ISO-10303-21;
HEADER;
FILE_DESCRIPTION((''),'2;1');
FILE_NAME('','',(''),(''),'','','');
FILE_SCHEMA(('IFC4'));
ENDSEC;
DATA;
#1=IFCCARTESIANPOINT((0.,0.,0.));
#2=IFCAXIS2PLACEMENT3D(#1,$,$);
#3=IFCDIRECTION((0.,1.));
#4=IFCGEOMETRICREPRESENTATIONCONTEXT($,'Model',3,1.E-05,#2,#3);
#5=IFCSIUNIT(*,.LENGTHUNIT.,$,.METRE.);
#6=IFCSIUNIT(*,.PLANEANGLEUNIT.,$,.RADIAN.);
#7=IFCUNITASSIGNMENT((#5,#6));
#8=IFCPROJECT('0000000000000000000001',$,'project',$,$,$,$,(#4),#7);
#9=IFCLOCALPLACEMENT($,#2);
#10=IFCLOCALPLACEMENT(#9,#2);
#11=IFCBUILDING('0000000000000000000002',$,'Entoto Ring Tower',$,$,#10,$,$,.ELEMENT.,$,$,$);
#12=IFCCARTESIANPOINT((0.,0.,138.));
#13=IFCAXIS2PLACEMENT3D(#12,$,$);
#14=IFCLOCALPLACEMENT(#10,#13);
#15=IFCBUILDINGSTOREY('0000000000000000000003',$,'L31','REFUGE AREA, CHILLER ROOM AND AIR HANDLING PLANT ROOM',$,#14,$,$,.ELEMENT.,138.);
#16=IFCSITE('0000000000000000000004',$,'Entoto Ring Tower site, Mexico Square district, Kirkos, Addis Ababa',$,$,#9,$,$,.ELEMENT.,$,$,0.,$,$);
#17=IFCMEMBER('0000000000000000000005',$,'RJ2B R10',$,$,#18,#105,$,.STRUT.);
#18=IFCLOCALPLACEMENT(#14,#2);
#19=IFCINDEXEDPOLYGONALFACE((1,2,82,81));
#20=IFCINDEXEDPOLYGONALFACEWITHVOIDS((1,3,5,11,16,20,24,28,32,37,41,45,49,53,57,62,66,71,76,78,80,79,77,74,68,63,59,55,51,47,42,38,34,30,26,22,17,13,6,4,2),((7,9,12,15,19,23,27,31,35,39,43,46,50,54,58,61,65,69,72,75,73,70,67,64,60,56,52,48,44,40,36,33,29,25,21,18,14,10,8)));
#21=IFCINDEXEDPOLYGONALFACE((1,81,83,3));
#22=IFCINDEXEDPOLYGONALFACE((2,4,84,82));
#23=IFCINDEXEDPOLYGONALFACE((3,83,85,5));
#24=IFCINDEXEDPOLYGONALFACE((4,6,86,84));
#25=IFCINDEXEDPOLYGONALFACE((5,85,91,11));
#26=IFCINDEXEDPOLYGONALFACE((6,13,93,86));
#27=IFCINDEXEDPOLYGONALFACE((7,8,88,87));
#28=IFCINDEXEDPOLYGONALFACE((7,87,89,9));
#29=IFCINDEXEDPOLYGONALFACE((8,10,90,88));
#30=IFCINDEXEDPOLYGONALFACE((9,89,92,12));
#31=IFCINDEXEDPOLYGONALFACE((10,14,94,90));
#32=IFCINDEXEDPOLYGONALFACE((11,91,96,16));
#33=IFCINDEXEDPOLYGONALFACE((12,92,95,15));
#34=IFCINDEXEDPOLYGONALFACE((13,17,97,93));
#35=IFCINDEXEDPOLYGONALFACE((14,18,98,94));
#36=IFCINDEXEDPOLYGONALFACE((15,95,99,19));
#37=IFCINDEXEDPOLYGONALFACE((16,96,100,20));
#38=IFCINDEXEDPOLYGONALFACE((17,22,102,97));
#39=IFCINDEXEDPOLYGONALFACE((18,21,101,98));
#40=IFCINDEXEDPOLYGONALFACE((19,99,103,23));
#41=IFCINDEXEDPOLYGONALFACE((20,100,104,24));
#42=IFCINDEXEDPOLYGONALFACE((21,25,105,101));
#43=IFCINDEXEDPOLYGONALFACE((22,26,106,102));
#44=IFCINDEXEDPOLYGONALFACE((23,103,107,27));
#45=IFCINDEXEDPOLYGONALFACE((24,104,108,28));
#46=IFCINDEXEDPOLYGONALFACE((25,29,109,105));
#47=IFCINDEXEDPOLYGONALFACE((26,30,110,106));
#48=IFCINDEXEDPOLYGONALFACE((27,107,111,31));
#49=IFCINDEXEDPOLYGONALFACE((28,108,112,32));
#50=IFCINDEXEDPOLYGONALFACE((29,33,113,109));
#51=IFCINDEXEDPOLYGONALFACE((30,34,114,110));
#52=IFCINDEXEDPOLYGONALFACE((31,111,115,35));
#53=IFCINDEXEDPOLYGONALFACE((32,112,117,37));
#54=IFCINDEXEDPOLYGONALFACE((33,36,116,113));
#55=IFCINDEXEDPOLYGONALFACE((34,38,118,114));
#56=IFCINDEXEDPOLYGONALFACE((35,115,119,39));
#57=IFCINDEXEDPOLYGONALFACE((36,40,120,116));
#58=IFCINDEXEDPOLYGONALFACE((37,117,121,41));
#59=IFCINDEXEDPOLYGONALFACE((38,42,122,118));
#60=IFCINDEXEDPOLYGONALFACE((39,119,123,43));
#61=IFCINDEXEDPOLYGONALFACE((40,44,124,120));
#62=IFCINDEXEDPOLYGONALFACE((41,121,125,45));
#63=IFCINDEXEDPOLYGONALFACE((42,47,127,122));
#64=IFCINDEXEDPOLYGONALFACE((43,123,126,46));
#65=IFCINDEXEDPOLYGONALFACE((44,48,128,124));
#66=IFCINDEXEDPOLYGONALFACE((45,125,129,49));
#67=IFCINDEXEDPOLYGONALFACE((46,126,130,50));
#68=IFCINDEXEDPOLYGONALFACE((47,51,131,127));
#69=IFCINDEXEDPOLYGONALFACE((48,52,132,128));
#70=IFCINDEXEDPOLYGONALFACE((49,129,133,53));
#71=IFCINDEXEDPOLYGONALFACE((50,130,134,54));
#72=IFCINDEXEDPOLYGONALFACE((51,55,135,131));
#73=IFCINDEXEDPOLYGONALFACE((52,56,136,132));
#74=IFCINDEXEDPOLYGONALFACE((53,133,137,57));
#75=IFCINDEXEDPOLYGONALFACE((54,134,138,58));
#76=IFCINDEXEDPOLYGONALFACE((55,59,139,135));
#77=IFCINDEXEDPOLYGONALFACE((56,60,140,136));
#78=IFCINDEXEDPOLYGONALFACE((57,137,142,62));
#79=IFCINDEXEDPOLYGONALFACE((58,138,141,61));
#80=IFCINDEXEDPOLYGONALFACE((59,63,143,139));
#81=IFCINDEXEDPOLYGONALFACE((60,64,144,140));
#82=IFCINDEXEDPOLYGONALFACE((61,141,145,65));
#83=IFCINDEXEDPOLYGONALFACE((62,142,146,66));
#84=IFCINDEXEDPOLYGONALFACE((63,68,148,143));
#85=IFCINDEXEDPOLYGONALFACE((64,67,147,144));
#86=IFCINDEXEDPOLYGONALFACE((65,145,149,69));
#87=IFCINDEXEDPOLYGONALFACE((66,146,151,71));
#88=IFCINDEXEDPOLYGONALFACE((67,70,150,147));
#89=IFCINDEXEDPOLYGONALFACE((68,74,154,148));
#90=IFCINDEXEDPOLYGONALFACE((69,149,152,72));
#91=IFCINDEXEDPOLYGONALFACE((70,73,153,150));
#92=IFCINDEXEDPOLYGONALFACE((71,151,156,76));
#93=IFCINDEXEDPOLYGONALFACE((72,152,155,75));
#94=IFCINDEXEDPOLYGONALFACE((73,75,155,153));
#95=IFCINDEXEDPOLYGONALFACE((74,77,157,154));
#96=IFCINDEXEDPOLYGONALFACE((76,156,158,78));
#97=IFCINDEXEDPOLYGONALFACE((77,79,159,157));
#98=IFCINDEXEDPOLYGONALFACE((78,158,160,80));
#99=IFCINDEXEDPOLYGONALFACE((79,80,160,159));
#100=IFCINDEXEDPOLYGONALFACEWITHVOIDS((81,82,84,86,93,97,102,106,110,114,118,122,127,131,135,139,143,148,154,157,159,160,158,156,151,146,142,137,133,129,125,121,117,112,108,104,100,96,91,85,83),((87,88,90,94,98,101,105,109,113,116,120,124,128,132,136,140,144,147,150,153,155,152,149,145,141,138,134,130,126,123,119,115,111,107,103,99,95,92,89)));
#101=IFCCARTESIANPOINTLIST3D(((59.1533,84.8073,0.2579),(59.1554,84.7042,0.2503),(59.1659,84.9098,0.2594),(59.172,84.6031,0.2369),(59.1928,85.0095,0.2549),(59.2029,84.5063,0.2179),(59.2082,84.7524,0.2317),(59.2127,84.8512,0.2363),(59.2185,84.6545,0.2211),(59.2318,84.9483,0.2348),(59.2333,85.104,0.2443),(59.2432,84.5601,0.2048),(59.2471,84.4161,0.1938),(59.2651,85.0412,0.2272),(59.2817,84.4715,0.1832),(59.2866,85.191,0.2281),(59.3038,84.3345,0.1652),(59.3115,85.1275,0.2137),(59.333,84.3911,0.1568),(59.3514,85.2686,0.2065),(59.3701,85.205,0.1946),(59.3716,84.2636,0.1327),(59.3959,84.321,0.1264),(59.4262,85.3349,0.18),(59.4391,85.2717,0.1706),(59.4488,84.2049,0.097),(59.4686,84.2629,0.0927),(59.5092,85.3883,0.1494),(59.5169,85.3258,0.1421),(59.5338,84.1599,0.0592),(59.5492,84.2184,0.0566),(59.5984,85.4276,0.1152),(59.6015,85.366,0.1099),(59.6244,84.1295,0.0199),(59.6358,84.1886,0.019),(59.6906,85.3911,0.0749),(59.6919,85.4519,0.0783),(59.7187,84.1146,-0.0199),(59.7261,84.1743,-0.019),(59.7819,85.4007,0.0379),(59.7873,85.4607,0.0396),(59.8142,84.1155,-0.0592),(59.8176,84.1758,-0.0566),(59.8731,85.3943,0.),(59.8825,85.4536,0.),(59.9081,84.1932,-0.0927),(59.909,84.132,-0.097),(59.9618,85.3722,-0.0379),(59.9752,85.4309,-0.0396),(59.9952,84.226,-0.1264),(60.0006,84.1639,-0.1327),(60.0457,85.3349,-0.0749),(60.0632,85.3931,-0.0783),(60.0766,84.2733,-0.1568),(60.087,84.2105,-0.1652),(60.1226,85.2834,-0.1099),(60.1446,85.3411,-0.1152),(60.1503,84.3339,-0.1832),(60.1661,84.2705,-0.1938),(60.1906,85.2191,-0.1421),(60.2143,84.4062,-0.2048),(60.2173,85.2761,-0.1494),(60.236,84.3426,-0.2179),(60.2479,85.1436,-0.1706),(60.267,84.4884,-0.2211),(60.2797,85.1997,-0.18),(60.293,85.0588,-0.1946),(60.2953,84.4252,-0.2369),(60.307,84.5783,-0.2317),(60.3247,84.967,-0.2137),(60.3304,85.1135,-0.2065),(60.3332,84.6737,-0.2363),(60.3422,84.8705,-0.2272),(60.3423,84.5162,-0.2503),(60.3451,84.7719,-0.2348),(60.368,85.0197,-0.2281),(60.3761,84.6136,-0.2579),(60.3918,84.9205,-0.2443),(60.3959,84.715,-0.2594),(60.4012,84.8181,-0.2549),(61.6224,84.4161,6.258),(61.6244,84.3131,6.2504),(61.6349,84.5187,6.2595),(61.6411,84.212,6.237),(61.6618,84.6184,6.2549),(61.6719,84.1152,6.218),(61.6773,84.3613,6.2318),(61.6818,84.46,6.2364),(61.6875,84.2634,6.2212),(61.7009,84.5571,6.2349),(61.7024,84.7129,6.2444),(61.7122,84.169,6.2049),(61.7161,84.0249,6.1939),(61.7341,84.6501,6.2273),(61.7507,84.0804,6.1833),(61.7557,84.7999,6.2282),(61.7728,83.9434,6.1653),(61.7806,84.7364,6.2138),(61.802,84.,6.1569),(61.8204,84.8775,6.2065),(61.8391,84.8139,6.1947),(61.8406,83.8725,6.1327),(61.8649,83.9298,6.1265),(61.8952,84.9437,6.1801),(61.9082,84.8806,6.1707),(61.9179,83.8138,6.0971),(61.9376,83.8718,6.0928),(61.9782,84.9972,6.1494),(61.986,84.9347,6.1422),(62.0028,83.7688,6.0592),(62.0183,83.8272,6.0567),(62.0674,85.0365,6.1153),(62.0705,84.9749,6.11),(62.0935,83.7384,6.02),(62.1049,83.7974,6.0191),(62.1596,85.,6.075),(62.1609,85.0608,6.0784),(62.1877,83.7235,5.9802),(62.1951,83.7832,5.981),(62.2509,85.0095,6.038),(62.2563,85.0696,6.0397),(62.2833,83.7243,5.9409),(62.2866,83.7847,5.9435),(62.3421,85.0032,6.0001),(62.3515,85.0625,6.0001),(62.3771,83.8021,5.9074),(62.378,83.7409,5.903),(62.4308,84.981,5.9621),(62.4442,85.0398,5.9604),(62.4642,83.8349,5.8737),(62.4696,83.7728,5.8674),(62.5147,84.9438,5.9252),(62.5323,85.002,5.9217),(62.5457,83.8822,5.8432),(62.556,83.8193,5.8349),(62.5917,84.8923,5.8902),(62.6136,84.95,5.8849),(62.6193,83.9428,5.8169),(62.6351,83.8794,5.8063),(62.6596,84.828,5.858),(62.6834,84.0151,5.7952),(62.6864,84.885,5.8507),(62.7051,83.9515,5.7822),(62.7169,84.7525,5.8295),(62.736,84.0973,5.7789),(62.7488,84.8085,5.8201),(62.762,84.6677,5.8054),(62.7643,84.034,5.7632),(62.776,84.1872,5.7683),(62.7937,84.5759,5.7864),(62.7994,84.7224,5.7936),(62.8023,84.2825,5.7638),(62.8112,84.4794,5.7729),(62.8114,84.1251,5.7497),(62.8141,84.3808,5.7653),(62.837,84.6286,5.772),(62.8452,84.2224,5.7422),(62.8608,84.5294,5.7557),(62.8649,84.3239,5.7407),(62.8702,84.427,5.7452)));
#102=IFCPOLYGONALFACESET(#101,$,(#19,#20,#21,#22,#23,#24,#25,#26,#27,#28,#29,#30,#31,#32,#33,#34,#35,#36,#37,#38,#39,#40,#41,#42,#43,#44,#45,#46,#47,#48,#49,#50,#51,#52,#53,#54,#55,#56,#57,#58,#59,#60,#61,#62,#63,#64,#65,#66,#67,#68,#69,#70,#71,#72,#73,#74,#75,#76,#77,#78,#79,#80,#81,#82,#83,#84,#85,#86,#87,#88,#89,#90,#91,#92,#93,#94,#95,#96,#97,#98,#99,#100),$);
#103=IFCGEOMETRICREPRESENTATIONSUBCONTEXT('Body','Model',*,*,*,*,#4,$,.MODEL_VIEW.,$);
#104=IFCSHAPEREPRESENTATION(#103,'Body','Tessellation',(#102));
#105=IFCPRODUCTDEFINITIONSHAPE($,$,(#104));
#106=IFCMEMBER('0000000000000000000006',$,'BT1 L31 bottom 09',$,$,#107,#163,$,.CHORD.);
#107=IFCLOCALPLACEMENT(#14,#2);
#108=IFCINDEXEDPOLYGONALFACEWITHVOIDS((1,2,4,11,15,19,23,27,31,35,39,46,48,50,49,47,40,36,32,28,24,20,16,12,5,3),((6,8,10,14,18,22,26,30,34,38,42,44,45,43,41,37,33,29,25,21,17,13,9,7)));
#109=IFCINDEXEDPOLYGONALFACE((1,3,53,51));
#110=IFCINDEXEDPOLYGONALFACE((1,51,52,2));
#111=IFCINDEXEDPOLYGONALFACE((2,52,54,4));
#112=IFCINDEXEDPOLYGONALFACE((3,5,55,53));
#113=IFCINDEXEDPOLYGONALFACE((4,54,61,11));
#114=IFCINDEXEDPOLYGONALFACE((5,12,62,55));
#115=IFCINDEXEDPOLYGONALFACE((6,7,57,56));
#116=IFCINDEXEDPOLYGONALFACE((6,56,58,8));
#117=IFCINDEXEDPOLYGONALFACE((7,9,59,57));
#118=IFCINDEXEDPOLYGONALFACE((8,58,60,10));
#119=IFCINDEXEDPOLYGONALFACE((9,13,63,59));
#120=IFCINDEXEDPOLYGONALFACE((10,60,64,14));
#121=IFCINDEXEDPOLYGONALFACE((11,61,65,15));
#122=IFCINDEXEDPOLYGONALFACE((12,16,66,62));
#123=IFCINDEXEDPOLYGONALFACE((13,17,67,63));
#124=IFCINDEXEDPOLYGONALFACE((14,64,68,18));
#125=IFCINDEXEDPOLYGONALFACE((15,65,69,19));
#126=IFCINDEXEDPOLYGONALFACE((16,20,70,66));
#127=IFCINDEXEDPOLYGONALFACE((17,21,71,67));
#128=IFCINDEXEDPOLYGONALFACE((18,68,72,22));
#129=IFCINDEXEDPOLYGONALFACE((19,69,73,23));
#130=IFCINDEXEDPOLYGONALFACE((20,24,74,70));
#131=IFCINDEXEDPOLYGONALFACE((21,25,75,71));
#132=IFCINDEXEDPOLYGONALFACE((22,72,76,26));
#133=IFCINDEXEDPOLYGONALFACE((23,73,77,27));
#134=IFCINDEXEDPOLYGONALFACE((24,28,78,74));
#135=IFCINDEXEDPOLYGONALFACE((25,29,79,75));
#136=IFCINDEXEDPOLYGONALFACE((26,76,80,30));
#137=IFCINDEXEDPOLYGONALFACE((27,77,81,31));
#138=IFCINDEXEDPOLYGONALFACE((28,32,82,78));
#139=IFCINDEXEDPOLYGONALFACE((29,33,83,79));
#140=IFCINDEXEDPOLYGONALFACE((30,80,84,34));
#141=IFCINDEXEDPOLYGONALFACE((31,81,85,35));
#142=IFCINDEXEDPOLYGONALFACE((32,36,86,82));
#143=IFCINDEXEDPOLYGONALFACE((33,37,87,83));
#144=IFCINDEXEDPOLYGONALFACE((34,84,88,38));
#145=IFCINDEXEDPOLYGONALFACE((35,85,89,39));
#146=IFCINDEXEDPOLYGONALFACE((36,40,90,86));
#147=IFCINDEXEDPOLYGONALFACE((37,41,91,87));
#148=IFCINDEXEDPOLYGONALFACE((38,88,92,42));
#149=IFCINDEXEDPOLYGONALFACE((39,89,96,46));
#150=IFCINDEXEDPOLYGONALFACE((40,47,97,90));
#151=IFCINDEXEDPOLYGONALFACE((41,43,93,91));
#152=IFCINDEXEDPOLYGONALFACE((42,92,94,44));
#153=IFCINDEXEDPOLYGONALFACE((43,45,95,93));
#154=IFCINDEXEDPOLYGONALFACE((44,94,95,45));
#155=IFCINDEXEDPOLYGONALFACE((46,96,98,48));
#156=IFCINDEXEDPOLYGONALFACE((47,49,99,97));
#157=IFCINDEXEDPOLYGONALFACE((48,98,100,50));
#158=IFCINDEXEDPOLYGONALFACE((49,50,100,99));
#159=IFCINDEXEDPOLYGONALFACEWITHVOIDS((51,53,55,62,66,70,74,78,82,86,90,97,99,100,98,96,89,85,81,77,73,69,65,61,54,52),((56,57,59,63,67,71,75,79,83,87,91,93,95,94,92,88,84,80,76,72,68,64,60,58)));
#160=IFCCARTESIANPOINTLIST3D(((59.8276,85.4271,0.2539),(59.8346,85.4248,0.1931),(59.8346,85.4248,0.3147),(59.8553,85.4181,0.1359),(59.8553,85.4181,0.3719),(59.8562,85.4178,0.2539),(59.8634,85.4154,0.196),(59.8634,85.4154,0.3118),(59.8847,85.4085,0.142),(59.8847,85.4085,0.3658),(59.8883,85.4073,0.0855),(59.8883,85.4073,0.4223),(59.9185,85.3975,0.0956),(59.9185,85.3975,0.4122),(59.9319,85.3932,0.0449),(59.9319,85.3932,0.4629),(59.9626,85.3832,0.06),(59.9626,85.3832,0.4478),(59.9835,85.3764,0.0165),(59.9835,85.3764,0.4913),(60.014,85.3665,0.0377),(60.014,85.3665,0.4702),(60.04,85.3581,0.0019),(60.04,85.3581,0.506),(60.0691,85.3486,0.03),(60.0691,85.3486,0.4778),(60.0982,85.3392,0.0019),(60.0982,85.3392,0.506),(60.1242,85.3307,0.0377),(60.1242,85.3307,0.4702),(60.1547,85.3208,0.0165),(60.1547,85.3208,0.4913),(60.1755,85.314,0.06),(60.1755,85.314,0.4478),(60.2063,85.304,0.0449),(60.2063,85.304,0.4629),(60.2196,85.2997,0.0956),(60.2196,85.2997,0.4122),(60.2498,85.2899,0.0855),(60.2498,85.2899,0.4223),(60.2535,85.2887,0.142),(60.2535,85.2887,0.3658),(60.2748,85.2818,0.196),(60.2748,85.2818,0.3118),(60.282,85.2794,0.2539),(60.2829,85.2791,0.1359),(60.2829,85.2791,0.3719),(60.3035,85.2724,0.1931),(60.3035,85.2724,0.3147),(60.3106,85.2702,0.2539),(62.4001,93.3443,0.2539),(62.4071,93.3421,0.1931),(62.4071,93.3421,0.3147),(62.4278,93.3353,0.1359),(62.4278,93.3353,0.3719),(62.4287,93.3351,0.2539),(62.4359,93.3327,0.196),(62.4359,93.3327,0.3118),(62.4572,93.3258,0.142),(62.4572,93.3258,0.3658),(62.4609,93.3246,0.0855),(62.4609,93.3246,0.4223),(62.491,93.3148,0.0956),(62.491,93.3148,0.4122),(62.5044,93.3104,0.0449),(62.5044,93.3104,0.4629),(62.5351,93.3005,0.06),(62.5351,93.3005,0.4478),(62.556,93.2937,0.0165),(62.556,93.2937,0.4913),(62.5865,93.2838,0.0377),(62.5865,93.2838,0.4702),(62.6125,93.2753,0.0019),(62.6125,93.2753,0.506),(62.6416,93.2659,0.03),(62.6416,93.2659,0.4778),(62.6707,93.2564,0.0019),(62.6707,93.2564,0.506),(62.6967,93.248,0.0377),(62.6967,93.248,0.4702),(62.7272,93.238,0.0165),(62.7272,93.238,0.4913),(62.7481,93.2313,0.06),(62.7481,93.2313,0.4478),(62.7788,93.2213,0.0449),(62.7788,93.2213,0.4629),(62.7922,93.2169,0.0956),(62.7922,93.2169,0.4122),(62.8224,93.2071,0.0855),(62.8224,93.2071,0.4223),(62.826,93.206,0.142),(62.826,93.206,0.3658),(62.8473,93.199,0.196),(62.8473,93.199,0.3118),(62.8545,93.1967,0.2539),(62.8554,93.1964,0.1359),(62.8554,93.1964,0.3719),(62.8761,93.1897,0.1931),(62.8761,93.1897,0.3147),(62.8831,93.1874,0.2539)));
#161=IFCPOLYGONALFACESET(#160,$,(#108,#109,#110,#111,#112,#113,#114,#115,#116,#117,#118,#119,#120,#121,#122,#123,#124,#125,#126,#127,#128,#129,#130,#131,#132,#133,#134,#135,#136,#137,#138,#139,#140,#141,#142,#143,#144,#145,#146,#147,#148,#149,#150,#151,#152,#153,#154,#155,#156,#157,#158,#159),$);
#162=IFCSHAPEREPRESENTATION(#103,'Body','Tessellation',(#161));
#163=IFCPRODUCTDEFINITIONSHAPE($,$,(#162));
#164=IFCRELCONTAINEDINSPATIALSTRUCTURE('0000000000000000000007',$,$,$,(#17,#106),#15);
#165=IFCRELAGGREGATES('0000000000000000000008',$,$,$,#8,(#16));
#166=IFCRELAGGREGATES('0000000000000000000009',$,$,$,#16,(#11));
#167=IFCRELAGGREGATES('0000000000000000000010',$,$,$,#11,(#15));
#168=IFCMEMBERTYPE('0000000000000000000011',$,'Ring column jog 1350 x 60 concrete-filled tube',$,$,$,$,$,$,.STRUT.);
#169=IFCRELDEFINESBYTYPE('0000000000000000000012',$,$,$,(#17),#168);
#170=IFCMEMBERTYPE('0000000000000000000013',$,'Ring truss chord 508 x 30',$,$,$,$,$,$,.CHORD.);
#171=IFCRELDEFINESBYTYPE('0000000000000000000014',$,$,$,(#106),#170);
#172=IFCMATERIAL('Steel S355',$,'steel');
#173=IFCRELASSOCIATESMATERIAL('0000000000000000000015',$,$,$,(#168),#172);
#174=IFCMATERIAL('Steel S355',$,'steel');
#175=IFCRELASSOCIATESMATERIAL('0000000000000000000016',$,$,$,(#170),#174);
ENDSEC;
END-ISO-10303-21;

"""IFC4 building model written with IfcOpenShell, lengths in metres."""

from ifc_helpers import new_model, si_unit, direction, frame, origin, origin_2d, place, context, subcontext, project, spatial, circle, hollow_circle, extrude, material, material_profile, profile_set, type_object, element, save


model = new_model("IFC4")

# Units and contexts
model_context = context("Model", 3, precision=1e-05, world=origin(), true_north=direction((0.0, 1.0)))
body_context = subcontext(model_context, "Body", "Model", "MODEL_VIEW")
ifc_project = project(units=[si_unit("LENGTHUNIT", "METRE"), si_unit("PLANEANGLEUNIT", "RADIAN")], contexts=[model_context])

# Site, building, storey
site_placement = place(None, origin())
site = spatial("IfcSite", under=ifc_project, at=site_placement, Name="Entoto Ring Tower site, Mexico Square district, Kirkos, Addis Ababa", CompositionType="ELEMENT", RefElevation=0.0)
building_placement = place(site_placement, origin())
building = spatial("IfcBuilding", under=site, at=building_placement, Name="Entoto Ring Tower", CompositionType="ELEMENT")
storey_placement = place(building_placement, frame((0.0, 0.0, 138.0)))
storey = spatial("IfcBuildingStorey", under=building, at=storey_placement, Name="L31", Description="REFUGE AREA, CHILLER ROOM AND AIR HANDLING PLANT ROOM", CompositionType="ELEMENT", Elevation=138.0)

# Members
ifc_material_1 = material(Name="Steel S355", Category="steel")
ifc_material_profile_1 = material_profile(ifc_material_1, hollow_circle(Radius=0.675, WallThickness=0.0601, at=origin_2d()), Name="CHS 1350 x 60")
ifc_material_2 = material(Name="Concrete C60/75", Category="concrete")
ifc_material_profile_2 = material_profile(ifc_material_2, circle(Radius=0.615, at=origin_2d()), Name="Concrete C60/75 infill")
ifc_profile_set_1 = profile_set([ifc_material_profile_1, ifc_material_profile_2], Name="Steel S355")
member_type_1 = type_object("IfcMemberType", Name="Ring column jog 1350 x 60 concrete-filled tube", PredefinedType="STRUT", material=ifc_profile_set_1)
member_1_placement = place(storey_placement, frame((59.7769, 84.7869, 0.0), z_axis=(0.37985, -0.060172, 0.923089), x_axis=(0.156459, 0.987684, 0.0)))
element("IfcMember", 1, at=member_1_placement, inside=storey, type_object=member_type_1, Name="RJ2B R10", PredefinedType="STRUT", context=body_context, shape_type="SweptSolid", body=[
    extrude(hollow_circle(Radius=0.675, WallThickness=0.0601, at=origin_2d()), origin(), (0.0, 0.0, 1.0), 6.5),
])
ifc_material_3 = material(Name="Steel S355", Category="steel")
ifc_material_profile_3 = material_profile(ifc_material_3, hollow_circle(Radius=0.2539, WallThickness=0.03, at=origin_2d()), Name="CHS 508 x 30")
ifc_material_4 = material(Name="Concrete C60/75", Category="concrete")
ifc_material_profile_4 = material_profile(ifc_material_4, circle(Radius=0.2241, at=origin_2d()), Name="Concrete C60/75 infill")
ifc_profile_set_2 = profile_set([ifc_material_profile_3, ifc_material_profile_4], Name="Steel S355")
member_type_2 = type_object("IfcMemberType", Name="Ring truss chord 508 x 30", PredefinedType="CHORD", material=ifc_profile_set_2)
member_2_placement = place(storey_placement, frame((62.6416, 93.2659, 0.2539), z_axis=(-0.309022, -0.951055, 0.0), x_axis=(0.951055, -0.309022, 0.0)))
element("IfcMember", 2, at=member_2_placement, inside=storey, type_object=member_type_2, Name="BT1 L31 bottom 09", PredefinedType="CHORD", context=body_context, shape_type="SweptSolid", body=[
    extrude(hollow_circle(Radius=0.2539, WallThickness=0.03, at=origin_2d()), origin(), (0.0, 0.0, 1.0), 8.3247),
])

save(model, "model.ifc")
